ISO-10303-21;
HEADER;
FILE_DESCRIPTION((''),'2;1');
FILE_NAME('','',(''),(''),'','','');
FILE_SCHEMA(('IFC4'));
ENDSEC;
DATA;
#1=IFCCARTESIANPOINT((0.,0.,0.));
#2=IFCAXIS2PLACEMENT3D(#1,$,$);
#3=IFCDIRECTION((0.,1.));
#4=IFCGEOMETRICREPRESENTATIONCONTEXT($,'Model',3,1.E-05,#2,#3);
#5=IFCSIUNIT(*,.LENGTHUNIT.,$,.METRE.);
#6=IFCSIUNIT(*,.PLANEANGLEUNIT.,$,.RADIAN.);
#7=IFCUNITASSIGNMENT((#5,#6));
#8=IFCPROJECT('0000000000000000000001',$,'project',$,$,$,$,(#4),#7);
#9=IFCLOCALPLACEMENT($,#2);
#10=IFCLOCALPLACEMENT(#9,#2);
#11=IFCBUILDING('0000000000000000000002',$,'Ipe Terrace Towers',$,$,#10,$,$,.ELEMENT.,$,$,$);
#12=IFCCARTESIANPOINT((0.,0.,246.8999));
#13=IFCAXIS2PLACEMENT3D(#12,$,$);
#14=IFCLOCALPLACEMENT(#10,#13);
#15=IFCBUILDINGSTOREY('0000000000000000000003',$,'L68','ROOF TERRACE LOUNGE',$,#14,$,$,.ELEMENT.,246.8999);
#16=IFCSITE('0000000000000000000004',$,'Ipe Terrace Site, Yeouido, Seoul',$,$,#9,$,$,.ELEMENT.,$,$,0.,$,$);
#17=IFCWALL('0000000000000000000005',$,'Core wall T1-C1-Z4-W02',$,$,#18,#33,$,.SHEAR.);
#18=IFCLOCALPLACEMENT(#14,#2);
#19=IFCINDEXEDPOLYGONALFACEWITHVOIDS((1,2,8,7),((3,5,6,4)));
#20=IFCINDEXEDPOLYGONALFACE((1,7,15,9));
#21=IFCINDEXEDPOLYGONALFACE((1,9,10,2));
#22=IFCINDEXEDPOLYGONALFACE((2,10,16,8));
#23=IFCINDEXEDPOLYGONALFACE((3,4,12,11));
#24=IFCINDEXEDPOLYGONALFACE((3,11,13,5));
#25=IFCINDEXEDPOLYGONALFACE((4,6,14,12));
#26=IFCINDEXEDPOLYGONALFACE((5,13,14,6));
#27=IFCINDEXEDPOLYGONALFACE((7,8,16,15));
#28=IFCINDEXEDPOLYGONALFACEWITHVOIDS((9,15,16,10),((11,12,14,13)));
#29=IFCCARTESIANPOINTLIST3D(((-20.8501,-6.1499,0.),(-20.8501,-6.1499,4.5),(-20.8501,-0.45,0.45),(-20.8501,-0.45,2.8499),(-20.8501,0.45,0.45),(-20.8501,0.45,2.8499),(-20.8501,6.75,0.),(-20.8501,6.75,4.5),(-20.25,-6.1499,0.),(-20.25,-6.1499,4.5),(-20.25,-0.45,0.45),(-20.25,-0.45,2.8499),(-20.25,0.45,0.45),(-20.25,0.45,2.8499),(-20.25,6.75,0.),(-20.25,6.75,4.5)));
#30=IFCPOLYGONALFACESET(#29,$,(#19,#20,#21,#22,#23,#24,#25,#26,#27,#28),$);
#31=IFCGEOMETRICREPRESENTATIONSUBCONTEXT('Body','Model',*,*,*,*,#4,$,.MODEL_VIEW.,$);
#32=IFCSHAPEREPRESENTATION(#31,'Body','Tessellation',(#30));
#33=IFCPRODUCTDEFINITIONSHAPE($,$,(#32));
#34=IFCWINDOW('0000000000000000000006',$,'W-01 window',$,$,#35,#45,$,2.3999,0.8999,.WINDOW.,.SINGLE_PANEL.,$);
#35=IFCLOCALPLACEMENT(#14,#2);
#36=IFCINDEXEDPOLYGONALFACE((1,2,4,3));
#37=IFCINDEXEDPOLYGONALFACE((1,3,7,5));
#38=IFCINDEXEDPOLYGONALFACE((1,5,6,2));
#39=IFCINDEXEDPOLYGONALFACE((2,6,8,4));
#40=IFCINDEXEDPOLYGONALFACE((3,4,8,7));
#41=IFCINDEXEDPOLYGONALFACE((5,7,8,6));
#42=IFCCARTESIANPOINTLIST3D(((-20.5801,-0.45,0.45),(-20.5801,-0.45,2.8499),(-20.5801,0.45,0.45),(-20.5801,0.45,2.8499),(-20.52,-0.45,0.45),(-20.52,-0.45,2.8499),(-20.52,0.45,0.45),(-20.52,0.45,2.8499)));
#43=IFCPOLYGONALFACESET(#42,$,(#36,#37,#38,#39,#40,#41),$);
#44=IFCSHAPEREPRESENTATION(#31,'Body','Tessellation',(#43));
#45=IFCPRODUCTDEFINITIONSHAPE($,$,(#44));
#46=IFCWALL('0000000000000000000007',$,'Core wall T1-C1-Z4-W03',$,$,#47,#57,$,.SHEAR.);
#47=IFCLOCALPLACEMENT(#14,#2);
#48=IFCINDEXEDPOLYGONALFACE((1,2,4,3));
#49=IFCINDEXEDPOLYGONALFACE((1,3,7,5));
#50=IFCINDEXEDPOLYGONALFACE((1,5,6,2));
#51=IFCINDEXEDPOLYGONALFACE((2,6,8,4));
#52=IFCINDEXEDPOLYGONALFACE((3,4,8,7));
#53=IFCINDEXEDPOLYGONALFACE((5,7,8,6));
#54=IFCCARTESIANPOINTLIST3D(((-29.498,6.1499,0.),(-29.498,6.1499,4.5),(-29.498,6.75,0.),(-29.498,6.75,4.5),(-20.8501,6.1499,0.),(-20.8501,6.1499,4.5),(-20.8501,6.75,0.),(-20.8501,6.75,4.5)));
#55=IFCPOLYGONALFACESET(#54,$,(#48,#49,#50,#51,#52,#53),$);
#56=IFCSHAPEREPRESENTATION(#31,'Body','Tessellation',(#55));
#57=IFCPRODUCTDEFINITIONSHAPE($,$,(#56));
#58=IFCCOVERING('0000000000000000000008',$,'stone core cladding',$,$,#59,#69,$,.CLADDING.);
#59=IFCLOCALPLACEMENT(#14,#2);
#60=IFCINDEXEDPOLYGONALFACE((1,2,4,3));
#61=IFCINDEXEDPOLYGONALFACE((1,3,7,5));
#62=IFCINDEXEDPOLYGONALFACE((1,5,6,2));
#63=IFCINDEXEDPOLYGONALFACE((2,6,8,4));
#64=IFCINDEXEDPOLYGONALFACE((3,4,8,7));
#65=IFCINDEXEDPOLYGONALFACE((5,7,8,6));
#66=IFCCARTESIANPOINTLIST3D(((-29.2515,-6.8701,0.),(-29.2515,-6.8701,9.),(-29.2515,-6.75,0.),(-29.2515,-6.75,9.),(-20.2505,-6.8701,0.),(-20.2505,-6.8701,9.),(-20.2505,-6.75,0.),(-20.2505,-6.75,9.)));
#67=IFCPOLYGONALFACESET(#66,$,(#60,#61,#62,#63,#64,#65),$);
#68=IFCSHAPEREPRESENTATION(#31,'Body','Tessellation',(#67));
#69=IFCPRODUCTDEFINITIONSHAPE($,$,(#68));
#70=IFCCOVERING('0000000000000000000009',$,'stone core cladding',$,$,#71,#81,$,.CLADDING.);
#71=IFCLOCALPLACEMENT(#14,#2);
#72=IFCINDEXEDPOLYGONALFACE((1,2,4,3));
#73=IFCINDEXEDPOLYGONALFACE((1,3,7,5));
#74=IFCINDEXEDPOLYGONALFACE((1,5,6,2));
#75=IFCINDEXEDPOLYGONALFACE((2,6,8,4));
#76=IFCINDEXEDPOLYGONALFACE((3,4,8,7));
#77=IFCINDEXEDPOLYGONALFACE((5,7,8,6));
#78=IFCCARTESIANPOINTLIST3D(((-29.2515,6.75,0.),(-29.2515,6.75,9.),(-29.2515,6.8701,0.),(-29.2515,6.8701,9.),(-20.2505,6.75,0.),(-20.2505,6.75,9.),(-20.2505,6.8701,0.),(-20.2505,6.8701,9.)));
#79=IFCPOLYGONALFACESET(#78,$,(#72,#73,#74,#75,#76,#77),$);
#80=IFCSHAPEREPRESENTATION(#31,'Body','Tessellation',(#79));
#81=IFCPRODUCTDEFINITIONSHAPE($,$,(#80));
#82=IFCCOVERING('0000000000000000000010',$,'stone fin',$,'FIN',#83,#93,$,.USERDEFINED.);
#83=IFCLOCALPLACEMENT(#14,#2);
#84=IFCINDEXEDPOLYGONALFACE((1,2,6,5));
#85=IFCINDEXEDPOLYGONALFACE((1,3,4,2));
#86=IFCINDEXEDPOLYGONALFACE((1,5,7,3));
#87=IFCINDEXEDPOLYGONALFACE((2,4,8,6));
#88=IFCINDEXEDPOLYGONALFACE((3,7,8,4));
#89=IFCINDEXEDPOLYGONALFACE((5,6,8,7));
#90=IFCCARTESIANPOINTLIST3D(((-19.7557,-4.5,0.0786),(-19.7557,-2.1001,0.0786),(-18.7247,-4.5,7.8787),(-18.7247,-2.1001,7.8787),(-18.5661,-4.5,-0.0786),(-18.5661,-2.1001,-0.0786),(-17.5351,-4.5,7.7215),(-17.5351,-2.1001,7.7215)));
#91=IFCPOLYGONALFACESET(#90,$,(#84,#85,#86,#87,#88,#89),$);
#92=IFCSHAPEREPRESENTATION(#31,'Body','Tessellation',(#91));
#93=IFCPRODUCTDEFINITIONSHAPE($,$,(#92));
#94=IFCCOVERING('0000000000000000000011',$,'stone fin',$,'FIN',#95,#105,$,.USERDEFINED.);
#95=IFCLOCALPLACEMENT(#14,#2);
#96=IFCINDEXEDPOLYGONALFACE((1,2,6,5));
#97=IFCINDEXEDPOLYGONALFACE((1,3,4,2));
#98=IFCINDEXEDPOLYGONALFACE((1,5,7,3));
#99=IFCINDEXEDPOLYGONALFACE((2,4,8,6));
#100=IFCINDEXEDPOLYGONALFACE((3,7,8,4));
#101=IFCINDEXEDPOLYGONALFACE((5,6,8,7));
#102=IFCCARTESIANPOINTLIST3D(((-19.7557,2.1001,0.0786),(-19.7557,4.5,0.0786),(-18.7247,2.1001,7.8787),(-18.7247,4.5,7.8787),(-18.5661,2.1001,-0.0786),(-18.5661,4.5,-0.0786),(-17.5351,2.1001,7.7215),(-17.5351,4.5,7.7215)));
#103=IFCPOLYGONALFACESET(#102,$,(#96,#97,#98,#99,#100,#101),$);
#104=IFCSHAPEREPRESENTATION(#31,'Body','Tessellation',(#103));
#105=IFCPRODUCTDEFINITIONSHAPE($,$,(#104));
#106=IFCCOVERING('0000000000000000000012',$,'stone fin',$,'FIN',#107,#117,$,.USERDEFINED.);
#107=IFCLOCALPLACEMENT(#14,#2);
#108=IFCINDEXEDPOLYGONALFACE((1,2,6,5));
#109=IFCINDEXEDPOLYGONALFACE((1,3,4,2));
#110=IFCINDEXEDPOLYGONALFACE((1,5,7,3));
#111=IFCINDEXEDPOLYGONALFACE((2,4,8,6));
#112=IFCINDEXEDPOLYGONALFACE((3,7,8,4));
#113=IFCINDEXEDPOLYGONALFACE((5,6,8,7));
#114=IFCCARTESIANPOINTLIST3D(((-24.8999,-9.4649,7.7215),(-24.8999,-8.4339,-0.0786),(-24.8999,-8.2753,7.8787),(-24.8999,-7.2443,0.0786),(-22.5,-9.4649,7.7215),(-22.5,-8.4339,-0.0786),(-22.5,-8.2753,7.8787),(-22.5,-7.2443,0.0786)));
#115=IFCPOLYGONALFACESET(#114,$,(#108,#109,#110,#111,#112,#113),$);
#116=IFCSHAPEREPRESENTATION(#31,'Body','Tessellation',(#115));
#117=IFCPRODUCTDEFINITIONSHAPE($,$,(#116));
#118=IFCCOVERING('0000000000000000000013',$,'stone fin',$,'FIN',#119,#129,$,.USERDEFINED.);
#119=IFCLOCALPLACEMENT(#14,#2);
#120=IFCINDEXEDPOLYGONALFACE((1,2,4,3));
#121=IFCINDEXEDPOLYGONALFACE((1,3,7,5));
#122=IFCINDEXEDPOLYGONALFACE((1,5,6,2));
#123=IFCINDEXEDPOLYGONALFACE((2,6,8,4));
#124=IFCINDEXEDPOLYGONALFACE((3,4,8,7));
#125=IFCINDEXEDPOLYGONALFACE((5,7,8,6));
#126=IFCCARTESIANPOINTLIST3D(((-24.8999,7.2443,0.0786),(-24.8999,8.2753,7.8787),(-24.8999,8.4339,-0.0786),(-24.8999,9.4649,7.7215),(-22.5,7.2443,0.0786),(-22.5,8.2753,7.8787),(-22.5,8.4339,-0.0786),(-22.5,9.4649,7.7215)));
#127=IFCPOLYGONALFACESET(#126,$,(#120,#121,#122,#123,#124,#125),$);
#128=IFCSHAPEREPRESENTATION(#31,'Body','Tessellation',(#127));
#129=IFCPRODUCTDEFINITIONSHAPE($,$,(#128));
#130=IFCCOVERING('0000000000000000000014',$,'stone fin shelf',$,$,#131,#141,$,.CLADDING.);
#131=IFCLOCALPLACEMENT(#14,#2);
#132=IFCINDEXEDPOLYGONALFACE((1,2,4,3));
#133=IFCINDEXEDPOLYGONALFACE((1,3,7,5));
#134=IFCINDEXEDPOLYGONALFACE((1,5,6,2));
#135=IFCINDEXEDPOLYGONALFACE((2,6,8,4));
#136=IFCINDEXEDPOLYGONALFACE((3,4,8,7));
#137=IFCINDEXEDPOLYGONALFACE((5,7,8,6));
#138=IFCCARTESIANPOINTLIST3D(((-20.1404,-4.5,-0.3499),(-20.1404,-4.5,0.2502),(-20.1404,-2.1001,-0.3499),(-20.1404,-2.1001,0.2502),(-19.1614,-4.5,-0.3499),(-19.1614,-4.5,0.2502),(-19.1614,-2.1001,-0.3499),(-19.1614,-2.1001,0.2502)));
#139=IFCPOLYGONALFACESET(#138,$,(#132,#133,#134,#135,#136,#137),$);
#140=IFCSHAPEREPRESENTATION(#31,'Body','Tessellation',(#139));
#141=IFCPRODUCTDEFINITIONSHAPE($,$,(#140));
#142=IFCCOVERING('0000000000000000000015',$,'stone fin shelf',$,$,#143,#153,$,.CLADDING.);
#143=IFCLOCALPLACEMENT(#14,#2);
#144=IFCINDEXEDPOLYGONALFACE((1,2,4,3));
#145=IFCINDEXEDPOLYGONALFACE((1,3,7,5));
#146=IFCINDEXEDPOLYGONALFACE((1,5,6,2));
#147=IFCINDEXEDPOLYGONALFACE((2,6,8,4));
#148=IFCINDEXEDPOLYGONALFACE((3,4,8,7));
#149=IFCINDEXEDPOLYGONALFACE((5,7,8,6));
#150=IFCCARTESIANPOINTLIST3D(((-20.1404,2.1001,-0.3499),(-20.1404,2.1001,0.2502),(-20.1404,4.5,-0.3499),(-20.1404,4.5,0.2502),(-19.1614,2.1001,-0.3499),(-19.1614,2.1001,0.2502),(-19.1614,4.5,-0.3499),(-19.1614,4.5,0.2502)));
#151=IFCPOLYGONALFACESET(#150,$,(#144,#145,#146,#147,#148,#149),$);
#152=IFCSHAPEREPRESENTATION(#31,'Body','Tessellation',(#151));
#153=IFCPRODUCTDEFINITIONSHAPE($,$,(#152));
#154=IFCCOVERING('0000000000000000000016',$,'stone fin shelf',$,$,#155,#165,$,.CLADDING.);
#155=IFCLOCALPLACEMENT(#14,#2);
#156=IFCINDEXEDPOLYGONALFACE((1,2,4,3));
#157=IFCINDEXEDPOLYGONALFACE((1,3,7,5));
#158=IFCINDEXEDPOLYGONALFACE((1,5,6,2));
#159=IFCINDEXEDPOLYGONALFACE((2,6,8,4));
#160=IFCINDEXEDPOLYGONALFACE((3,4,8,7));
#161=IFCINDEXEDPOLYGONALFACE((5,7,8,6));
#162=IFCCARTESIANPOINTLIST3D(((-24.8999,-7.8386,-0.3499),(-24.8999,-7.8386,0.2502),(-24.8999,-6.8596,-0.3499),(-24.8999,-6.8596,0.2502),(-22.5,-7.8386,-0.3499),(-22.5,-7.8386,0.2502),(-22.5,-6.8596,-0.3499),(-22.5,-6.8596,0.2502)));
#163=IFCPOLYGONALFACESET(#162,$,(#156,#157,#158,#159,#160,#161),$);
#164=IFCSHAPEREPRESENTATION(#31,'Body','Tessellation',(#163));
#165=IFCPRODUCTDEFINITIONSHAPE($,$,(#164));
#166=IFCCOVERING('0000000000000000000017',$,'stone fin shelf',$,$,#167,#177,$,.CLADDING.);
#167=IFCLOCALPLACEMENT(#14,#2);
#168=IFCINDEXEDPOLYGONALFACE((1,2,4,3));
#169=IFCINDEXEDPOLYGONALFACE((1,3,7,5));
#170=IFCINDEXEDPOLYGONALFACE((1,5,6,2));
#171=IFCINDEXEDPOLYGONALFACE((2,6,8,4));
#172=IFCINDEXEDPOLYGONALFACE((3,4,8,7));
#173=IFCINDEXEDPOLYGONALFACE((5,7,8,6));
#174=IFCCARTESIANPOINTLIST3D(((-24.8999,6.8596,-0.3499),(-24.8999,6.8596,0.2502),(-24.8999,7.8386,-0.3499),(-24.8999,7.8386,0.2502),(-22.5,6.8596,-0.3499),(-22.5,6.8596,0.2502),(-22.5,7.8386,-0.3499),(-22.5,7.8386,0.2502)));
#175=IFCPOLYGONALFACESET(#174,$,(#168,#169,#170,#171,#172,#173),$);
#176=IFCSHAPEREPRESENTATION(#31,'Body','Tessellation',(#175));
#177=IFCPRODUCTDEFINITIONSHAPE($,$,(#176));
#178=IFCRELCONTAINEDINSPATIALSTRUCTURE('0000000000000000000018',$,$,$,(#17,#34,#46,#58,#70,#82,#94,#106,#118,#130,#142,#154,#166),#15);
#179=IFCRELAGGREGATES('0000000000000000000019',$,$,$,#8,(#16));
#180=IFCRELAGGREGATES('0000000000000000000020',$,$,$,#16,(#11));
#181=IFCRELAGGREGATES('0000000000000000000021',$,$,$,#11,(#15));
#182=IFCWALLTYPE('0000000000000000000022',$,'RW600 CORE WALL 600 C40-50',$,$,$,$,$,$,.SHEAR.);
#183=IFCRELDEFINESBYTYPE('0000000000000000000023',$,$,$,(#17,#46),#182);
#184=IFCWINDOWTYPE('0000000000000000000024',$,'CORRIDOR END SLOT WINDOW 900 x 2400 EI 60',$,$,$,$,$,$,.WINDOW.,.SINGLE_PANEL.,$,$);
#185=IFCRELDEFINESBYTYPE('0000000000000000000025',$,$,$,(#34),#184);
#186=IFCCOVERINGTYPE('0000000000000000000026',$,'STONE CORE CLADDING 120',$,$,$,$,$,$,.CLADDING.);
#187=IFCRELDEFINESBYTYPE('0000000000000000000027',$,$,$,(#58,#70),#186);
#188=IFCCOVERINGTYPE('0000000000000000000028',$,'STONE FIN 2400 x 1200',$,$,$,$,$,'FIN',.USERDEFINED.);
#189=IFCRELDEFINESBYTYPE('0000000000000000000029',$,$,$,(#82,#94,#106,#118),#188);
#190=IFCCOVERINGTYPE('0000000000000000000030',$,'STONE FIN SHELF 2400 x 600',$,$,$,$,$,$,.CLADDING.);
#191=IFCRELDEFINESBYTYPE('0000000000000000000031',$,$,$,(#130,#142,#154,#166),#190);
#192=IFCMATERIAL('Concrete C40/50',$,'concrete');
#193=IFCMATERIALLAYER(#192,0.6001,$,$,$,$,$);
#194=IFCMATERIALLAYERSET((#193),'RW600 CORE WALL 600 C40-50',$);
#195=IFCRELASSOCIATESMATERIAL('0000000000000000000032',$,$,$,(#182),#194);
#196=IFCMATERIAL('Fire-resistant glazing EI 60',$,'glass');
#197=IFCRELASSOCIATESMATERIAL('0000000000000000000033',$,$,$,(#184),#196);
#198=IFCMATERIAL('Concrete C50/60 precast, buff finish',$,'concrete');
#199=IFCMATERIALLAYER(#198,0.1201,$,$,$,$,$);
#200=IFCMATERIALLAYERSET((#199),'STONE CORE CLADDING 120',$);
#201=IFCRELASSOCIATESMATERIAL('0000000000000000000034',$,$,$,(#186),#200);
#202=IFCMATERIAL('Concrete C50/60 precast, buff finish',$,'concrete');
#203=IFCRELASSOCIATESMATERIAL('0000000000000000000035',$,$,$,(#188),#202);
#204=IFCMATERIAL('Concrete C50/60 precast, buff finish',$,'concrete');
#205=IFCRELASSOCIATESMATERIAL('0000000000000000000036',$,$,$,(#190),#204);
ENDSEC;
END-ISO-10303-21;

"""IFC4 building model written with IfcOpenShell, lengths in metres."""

from ifc_helpers import new_model, si_unit, direction, frame, frame_2d, origin, origin_2d, place, context, subcontext, project, spatial, rectangle, extrude, material, layer, layer_set, material_profile, profile_set, type_object, element, fill, save


model = new_model("IFC4")

# Units and contexts
model_context = context("Model", 3, precision=1e-05, world=origin(), true_north=direction((0.0, 1.0)))
body_context = subcontext(model_context, "Body", "Model", "MODEL_VIEW")
ifc_project = project(units=[si_unit("LENGTHUNIT", "METRE"), si_unit("PLANEANGLEUNIT", "RADIAN")], contexts=[model_context])

# Site, building, storey
site_placement = place(None, origin())
site = spatial("IfcSite", under=ifc_project, at=site_placement, Name="Ipe Terrace Site, Yeouido, Seoul", CompositionType="ELEMENT", RefElevation=0.0)
building_placement = place(site_placement, origin())
building = spatial("IfcBuilding", under=site, at=building_placement, Name="Ipe Terrace Towers", CompositionType="ELEMENT")
storey_placement = place(building_placement, frame((0.0, 0.0, 246.8999)))
storey = spatial("IfcBuildingStorey", under=building, at=storey_placement, Name="L68", Description="ROOF TERRACE LOUNGE", CompositionType="ELEMENT", Elevation=246.8999)

# Wall, opening, window
ifc_material_1 = material(Name="Concrete C40/50", Category="concrete")
ifc_layer_1 = layer(ifc_material_1, 0.6001)
ifc_layer_set_1 = layer_set([ifc_layer_1], Name="RW600 CORE WALL 600 C40-50")
wall_type_1 = type_object("IfcWallType", Name="RW600 CORE WALL 600 C40-50", PredefinedType="SHEAR", material=ifc_layer_set_1)
wall_1_placement = place(storey_placement, frame((-20.55, -6.1499, 0.0), z_axis=(0.0, 0.0, 1.0), x_axis=(0.0, 1.0, 0.0)))
wall_1 = element("IfcWall", 1, at=wall_1_placement, inside=storey, type_object=wall_type_1, Name="Core wall T1-C1-Z4-W02", PredefinedType="SHEAR", context=body_context, shape_type="SweptSolid", body=[
    extrude(rectangle(XDim=12.8999, YDim=0.6001, at=frame_2d((6.45, 0.0))), origin(), (0.0, 0.0, 1.0), 4.5),
])
opening_1_placement = place(wall_1_placement, frame((5.7, 0.0, 0.45)))
opening_1 = element("IfcOpeningElement", 2, at=opening_1_placement, cuts=wall_1, PredefinedType="OPENING", context=body_context, shape_type="SweptSolid", body=[
    extrude(rectangle(XDim=0.8999, YDim=2.3999, at=frame_2d((0.45, 1.2))), frame((0.0, 0.3101, 0.0), z_axis=(0.0, -1.0, 0.0), x_axis=(1.0, 0.0, 0.0)), (0.0, 0.0, 1.0), 0.6201),
])
ifc_material_2 = material(Name="Fire-resistant glazing EI 60", Category="glass")
window_type = type_object("IfcWindowType", Name="CORRIDOR END SLOT WINDOW 900 x 2400 EI 60", PartitioningType="SINGLE_PANEL", PredefinedType="WINDOW", material=ifc_material_2)
window_placement = place(opening_1_placement, origin())
window = element("IfcWindow", 3, at=window_placement, inside=storey, type_object=window_type, Name="W-01 window", OverallHeight=2.3999, OverallWidth=0.8999, PartitioningType="SINGLE_PANEL", PredefinedType="WINDOW", context=body_context, shape_type="SweptSolid", body=[
    extrude(rectangle(XDim=0.8999, YDim=2.3999, at=frame_2d((0.45, 1.2))), frame((0.0, 0.03, 0.0), z_axis=(0.0, -1.0, 0.0), x_axis=(1.0, 0.0, 0.0)), (0.0, 0.0, 1.0), 0.0601),
])
fill(opening_1, window)

# Wall
wall_2_placement = place(storey_placement, frame((-20.8501, 6.45, 0.0), z_axis=(0.0, 0.0, 1.0), x_axis=(-1.0, 0.0, 0.0)))
element("IfcWall", 4, at=wall_2_placement, inside=storey, type_object=wall_type_1, Name="Core wall T1-C1-Z4-W03", PredefinedType="SHEAR", context=body_context, shape_type="SweptSolid", body=[
    extrude(rectangle(XDim=8.6479, YDim=0.6001, at=frame_2d((4.324, 0.0))), origin(), (0.0, 0.0, 1.0), 4.5),
])

# Coverings
ifc_material_3 = material(Name="Concrete C50/60 precast, buff finish", Category="concrete")
ifc_layer_2 = layer(ifc_material_3, 0.1201)
ifc_layer_set_2 = layer_set([ifc_layer_2], Name="STONE CORE CLADDING 120")
covering_type_1 = type_object("IfcCoveringType", Name="STONE CORE CLADDING 120", PredefinedType="CLADDING", material=ifc_layer_set_2)
for number, where, z_axis, x_axis, name in (
    (5, (-24.751, -6.8101, 0.0), (0.0, 0.0, 1.0), (1.0, 0.0, 0.0), "stone core cladding"),
    (6, (-24.751, 6.8101, 0.0), (0.0, 0.0, 1.0), (-1.0, 0.0, 0.0), "stone core cladding"),
):
    element("IfcCovering", number, at=place(storey_placement, frame(where, z_axis=z_axis, x_axis=x_axis)), inside=storey, type_object=covering_type_1, Name=name, PredefinedType="CLADDING", context=body_context, shape_type="SweptSolid", body=[
        extrude(rectangle(XDim=9.001, YDim=0.1201, at=origin_2d()), origin(), (0.0, 0.0, 1.0), 9.0),
    ])
ifc_material_4 = material(Name="Concrete C50/60 precast, buff finish", Category="concrete")
ifc_material_profile = material_profile(ifc_material_4, rectangle(XDim=2.3999, YDim=1.2, at=origin_2d()), Name="STONE FIN 2400 x 1200")
ifc_profile_set = profile_set([ifc_material_profile], Name="Concrete C50/60 precast, buff finish")
covering_type_2 = type_object("IfcCoveringType", Name="STONE FIN 2400 x 1200", ElementType="FIN", PredefinedType="USERDEFINED", material=ifc_profile_set)
for number, where, z_axis, x_axis, name in (
    (7, (-19.1609, -3.3, 0.0), (0.13104, 0.0, 0.991377), (0.0, 1.0, 0.0), "stone fin"),
    (8, (-19.1609, 3.3, 0.0), (0.13104, 0.0, 0.991377), (0.0, 1.0, 0.0), "stone fin"),
    (9, (-23.7, -7.8391, 0.0), (0.0, -0.13104, 0.991377), (1.0, 0.0, 0.0), "stone fin"),
    (10, (-23.7, 7.8391, 0.0), (0.0, 0.13104, 0.991377), (-1.0, 0.0, 0.0), "stone fin"),
):
    element("IfcCovering", number, at=place(storey_placement, frame(where, z_axis=z_axis, x_axis=x_axis)), inside=storey, type_object=covering_type_2, Name=name, ObjectType="FIN", PredefinedType="USERDEFINED", context=body_context, shape_type="SweptSolid", body=[
        extrude(rectangle(XDim=2.3999, YDim=1.2, at=origin_2d()), origin(), (0.0, 0.0, 1.0), 7.8679),
    ])
ifc_material_5 = material(Name="Concrete C50/60 precast, buff finish", Category="concrete")
covering_type_3 = type_object("IfcCoveringType", Name="STONE FIN SHELF 2400 x 600", PredefinedType="CLADDING", material=ifc_material_5)
for number, where, z_axis, x_axis, name in (
    (11, (-19.6509, -3.3, -0.3499), (0.0, 0.0, 1.0), (0.0, 1.0, 0.0), "stone fin shelf"),
    (12, (-19.6509, 3.3, -0.3499), (0.0, 0.0, 1.0), (0.0, 1.0, 0.0), "stone fin shelf"),
    (13, (-23.7, -7.3491, -0.3499), (0.0, 0.0, 1.0), (1.0, 0.0, 0.0), "stone fin shelf"),
    (14, (-23.7, 7.3491, -0.3499), (0.0, 0.0, 1.0), (-1.0, 0.0, 0.0), "stone fin shelf"),
):
    element("IfcCovering", number, at=place(storey_placement, frame(where, z_axis=z_axis, x_axis=x_axis)), inside=storey, type_object=covering_type_3, Name=name, PredefinedType="CLADDING", context=body_context, shape_type="SweptSolid", body=[
        extrude(rectangle(XDim=2.3999, YDim=0.979, at=origin_2d()), origin(), (0.0, 0.0, 1.0), 0.6001),
    ])

save(model, "model.ifc")
